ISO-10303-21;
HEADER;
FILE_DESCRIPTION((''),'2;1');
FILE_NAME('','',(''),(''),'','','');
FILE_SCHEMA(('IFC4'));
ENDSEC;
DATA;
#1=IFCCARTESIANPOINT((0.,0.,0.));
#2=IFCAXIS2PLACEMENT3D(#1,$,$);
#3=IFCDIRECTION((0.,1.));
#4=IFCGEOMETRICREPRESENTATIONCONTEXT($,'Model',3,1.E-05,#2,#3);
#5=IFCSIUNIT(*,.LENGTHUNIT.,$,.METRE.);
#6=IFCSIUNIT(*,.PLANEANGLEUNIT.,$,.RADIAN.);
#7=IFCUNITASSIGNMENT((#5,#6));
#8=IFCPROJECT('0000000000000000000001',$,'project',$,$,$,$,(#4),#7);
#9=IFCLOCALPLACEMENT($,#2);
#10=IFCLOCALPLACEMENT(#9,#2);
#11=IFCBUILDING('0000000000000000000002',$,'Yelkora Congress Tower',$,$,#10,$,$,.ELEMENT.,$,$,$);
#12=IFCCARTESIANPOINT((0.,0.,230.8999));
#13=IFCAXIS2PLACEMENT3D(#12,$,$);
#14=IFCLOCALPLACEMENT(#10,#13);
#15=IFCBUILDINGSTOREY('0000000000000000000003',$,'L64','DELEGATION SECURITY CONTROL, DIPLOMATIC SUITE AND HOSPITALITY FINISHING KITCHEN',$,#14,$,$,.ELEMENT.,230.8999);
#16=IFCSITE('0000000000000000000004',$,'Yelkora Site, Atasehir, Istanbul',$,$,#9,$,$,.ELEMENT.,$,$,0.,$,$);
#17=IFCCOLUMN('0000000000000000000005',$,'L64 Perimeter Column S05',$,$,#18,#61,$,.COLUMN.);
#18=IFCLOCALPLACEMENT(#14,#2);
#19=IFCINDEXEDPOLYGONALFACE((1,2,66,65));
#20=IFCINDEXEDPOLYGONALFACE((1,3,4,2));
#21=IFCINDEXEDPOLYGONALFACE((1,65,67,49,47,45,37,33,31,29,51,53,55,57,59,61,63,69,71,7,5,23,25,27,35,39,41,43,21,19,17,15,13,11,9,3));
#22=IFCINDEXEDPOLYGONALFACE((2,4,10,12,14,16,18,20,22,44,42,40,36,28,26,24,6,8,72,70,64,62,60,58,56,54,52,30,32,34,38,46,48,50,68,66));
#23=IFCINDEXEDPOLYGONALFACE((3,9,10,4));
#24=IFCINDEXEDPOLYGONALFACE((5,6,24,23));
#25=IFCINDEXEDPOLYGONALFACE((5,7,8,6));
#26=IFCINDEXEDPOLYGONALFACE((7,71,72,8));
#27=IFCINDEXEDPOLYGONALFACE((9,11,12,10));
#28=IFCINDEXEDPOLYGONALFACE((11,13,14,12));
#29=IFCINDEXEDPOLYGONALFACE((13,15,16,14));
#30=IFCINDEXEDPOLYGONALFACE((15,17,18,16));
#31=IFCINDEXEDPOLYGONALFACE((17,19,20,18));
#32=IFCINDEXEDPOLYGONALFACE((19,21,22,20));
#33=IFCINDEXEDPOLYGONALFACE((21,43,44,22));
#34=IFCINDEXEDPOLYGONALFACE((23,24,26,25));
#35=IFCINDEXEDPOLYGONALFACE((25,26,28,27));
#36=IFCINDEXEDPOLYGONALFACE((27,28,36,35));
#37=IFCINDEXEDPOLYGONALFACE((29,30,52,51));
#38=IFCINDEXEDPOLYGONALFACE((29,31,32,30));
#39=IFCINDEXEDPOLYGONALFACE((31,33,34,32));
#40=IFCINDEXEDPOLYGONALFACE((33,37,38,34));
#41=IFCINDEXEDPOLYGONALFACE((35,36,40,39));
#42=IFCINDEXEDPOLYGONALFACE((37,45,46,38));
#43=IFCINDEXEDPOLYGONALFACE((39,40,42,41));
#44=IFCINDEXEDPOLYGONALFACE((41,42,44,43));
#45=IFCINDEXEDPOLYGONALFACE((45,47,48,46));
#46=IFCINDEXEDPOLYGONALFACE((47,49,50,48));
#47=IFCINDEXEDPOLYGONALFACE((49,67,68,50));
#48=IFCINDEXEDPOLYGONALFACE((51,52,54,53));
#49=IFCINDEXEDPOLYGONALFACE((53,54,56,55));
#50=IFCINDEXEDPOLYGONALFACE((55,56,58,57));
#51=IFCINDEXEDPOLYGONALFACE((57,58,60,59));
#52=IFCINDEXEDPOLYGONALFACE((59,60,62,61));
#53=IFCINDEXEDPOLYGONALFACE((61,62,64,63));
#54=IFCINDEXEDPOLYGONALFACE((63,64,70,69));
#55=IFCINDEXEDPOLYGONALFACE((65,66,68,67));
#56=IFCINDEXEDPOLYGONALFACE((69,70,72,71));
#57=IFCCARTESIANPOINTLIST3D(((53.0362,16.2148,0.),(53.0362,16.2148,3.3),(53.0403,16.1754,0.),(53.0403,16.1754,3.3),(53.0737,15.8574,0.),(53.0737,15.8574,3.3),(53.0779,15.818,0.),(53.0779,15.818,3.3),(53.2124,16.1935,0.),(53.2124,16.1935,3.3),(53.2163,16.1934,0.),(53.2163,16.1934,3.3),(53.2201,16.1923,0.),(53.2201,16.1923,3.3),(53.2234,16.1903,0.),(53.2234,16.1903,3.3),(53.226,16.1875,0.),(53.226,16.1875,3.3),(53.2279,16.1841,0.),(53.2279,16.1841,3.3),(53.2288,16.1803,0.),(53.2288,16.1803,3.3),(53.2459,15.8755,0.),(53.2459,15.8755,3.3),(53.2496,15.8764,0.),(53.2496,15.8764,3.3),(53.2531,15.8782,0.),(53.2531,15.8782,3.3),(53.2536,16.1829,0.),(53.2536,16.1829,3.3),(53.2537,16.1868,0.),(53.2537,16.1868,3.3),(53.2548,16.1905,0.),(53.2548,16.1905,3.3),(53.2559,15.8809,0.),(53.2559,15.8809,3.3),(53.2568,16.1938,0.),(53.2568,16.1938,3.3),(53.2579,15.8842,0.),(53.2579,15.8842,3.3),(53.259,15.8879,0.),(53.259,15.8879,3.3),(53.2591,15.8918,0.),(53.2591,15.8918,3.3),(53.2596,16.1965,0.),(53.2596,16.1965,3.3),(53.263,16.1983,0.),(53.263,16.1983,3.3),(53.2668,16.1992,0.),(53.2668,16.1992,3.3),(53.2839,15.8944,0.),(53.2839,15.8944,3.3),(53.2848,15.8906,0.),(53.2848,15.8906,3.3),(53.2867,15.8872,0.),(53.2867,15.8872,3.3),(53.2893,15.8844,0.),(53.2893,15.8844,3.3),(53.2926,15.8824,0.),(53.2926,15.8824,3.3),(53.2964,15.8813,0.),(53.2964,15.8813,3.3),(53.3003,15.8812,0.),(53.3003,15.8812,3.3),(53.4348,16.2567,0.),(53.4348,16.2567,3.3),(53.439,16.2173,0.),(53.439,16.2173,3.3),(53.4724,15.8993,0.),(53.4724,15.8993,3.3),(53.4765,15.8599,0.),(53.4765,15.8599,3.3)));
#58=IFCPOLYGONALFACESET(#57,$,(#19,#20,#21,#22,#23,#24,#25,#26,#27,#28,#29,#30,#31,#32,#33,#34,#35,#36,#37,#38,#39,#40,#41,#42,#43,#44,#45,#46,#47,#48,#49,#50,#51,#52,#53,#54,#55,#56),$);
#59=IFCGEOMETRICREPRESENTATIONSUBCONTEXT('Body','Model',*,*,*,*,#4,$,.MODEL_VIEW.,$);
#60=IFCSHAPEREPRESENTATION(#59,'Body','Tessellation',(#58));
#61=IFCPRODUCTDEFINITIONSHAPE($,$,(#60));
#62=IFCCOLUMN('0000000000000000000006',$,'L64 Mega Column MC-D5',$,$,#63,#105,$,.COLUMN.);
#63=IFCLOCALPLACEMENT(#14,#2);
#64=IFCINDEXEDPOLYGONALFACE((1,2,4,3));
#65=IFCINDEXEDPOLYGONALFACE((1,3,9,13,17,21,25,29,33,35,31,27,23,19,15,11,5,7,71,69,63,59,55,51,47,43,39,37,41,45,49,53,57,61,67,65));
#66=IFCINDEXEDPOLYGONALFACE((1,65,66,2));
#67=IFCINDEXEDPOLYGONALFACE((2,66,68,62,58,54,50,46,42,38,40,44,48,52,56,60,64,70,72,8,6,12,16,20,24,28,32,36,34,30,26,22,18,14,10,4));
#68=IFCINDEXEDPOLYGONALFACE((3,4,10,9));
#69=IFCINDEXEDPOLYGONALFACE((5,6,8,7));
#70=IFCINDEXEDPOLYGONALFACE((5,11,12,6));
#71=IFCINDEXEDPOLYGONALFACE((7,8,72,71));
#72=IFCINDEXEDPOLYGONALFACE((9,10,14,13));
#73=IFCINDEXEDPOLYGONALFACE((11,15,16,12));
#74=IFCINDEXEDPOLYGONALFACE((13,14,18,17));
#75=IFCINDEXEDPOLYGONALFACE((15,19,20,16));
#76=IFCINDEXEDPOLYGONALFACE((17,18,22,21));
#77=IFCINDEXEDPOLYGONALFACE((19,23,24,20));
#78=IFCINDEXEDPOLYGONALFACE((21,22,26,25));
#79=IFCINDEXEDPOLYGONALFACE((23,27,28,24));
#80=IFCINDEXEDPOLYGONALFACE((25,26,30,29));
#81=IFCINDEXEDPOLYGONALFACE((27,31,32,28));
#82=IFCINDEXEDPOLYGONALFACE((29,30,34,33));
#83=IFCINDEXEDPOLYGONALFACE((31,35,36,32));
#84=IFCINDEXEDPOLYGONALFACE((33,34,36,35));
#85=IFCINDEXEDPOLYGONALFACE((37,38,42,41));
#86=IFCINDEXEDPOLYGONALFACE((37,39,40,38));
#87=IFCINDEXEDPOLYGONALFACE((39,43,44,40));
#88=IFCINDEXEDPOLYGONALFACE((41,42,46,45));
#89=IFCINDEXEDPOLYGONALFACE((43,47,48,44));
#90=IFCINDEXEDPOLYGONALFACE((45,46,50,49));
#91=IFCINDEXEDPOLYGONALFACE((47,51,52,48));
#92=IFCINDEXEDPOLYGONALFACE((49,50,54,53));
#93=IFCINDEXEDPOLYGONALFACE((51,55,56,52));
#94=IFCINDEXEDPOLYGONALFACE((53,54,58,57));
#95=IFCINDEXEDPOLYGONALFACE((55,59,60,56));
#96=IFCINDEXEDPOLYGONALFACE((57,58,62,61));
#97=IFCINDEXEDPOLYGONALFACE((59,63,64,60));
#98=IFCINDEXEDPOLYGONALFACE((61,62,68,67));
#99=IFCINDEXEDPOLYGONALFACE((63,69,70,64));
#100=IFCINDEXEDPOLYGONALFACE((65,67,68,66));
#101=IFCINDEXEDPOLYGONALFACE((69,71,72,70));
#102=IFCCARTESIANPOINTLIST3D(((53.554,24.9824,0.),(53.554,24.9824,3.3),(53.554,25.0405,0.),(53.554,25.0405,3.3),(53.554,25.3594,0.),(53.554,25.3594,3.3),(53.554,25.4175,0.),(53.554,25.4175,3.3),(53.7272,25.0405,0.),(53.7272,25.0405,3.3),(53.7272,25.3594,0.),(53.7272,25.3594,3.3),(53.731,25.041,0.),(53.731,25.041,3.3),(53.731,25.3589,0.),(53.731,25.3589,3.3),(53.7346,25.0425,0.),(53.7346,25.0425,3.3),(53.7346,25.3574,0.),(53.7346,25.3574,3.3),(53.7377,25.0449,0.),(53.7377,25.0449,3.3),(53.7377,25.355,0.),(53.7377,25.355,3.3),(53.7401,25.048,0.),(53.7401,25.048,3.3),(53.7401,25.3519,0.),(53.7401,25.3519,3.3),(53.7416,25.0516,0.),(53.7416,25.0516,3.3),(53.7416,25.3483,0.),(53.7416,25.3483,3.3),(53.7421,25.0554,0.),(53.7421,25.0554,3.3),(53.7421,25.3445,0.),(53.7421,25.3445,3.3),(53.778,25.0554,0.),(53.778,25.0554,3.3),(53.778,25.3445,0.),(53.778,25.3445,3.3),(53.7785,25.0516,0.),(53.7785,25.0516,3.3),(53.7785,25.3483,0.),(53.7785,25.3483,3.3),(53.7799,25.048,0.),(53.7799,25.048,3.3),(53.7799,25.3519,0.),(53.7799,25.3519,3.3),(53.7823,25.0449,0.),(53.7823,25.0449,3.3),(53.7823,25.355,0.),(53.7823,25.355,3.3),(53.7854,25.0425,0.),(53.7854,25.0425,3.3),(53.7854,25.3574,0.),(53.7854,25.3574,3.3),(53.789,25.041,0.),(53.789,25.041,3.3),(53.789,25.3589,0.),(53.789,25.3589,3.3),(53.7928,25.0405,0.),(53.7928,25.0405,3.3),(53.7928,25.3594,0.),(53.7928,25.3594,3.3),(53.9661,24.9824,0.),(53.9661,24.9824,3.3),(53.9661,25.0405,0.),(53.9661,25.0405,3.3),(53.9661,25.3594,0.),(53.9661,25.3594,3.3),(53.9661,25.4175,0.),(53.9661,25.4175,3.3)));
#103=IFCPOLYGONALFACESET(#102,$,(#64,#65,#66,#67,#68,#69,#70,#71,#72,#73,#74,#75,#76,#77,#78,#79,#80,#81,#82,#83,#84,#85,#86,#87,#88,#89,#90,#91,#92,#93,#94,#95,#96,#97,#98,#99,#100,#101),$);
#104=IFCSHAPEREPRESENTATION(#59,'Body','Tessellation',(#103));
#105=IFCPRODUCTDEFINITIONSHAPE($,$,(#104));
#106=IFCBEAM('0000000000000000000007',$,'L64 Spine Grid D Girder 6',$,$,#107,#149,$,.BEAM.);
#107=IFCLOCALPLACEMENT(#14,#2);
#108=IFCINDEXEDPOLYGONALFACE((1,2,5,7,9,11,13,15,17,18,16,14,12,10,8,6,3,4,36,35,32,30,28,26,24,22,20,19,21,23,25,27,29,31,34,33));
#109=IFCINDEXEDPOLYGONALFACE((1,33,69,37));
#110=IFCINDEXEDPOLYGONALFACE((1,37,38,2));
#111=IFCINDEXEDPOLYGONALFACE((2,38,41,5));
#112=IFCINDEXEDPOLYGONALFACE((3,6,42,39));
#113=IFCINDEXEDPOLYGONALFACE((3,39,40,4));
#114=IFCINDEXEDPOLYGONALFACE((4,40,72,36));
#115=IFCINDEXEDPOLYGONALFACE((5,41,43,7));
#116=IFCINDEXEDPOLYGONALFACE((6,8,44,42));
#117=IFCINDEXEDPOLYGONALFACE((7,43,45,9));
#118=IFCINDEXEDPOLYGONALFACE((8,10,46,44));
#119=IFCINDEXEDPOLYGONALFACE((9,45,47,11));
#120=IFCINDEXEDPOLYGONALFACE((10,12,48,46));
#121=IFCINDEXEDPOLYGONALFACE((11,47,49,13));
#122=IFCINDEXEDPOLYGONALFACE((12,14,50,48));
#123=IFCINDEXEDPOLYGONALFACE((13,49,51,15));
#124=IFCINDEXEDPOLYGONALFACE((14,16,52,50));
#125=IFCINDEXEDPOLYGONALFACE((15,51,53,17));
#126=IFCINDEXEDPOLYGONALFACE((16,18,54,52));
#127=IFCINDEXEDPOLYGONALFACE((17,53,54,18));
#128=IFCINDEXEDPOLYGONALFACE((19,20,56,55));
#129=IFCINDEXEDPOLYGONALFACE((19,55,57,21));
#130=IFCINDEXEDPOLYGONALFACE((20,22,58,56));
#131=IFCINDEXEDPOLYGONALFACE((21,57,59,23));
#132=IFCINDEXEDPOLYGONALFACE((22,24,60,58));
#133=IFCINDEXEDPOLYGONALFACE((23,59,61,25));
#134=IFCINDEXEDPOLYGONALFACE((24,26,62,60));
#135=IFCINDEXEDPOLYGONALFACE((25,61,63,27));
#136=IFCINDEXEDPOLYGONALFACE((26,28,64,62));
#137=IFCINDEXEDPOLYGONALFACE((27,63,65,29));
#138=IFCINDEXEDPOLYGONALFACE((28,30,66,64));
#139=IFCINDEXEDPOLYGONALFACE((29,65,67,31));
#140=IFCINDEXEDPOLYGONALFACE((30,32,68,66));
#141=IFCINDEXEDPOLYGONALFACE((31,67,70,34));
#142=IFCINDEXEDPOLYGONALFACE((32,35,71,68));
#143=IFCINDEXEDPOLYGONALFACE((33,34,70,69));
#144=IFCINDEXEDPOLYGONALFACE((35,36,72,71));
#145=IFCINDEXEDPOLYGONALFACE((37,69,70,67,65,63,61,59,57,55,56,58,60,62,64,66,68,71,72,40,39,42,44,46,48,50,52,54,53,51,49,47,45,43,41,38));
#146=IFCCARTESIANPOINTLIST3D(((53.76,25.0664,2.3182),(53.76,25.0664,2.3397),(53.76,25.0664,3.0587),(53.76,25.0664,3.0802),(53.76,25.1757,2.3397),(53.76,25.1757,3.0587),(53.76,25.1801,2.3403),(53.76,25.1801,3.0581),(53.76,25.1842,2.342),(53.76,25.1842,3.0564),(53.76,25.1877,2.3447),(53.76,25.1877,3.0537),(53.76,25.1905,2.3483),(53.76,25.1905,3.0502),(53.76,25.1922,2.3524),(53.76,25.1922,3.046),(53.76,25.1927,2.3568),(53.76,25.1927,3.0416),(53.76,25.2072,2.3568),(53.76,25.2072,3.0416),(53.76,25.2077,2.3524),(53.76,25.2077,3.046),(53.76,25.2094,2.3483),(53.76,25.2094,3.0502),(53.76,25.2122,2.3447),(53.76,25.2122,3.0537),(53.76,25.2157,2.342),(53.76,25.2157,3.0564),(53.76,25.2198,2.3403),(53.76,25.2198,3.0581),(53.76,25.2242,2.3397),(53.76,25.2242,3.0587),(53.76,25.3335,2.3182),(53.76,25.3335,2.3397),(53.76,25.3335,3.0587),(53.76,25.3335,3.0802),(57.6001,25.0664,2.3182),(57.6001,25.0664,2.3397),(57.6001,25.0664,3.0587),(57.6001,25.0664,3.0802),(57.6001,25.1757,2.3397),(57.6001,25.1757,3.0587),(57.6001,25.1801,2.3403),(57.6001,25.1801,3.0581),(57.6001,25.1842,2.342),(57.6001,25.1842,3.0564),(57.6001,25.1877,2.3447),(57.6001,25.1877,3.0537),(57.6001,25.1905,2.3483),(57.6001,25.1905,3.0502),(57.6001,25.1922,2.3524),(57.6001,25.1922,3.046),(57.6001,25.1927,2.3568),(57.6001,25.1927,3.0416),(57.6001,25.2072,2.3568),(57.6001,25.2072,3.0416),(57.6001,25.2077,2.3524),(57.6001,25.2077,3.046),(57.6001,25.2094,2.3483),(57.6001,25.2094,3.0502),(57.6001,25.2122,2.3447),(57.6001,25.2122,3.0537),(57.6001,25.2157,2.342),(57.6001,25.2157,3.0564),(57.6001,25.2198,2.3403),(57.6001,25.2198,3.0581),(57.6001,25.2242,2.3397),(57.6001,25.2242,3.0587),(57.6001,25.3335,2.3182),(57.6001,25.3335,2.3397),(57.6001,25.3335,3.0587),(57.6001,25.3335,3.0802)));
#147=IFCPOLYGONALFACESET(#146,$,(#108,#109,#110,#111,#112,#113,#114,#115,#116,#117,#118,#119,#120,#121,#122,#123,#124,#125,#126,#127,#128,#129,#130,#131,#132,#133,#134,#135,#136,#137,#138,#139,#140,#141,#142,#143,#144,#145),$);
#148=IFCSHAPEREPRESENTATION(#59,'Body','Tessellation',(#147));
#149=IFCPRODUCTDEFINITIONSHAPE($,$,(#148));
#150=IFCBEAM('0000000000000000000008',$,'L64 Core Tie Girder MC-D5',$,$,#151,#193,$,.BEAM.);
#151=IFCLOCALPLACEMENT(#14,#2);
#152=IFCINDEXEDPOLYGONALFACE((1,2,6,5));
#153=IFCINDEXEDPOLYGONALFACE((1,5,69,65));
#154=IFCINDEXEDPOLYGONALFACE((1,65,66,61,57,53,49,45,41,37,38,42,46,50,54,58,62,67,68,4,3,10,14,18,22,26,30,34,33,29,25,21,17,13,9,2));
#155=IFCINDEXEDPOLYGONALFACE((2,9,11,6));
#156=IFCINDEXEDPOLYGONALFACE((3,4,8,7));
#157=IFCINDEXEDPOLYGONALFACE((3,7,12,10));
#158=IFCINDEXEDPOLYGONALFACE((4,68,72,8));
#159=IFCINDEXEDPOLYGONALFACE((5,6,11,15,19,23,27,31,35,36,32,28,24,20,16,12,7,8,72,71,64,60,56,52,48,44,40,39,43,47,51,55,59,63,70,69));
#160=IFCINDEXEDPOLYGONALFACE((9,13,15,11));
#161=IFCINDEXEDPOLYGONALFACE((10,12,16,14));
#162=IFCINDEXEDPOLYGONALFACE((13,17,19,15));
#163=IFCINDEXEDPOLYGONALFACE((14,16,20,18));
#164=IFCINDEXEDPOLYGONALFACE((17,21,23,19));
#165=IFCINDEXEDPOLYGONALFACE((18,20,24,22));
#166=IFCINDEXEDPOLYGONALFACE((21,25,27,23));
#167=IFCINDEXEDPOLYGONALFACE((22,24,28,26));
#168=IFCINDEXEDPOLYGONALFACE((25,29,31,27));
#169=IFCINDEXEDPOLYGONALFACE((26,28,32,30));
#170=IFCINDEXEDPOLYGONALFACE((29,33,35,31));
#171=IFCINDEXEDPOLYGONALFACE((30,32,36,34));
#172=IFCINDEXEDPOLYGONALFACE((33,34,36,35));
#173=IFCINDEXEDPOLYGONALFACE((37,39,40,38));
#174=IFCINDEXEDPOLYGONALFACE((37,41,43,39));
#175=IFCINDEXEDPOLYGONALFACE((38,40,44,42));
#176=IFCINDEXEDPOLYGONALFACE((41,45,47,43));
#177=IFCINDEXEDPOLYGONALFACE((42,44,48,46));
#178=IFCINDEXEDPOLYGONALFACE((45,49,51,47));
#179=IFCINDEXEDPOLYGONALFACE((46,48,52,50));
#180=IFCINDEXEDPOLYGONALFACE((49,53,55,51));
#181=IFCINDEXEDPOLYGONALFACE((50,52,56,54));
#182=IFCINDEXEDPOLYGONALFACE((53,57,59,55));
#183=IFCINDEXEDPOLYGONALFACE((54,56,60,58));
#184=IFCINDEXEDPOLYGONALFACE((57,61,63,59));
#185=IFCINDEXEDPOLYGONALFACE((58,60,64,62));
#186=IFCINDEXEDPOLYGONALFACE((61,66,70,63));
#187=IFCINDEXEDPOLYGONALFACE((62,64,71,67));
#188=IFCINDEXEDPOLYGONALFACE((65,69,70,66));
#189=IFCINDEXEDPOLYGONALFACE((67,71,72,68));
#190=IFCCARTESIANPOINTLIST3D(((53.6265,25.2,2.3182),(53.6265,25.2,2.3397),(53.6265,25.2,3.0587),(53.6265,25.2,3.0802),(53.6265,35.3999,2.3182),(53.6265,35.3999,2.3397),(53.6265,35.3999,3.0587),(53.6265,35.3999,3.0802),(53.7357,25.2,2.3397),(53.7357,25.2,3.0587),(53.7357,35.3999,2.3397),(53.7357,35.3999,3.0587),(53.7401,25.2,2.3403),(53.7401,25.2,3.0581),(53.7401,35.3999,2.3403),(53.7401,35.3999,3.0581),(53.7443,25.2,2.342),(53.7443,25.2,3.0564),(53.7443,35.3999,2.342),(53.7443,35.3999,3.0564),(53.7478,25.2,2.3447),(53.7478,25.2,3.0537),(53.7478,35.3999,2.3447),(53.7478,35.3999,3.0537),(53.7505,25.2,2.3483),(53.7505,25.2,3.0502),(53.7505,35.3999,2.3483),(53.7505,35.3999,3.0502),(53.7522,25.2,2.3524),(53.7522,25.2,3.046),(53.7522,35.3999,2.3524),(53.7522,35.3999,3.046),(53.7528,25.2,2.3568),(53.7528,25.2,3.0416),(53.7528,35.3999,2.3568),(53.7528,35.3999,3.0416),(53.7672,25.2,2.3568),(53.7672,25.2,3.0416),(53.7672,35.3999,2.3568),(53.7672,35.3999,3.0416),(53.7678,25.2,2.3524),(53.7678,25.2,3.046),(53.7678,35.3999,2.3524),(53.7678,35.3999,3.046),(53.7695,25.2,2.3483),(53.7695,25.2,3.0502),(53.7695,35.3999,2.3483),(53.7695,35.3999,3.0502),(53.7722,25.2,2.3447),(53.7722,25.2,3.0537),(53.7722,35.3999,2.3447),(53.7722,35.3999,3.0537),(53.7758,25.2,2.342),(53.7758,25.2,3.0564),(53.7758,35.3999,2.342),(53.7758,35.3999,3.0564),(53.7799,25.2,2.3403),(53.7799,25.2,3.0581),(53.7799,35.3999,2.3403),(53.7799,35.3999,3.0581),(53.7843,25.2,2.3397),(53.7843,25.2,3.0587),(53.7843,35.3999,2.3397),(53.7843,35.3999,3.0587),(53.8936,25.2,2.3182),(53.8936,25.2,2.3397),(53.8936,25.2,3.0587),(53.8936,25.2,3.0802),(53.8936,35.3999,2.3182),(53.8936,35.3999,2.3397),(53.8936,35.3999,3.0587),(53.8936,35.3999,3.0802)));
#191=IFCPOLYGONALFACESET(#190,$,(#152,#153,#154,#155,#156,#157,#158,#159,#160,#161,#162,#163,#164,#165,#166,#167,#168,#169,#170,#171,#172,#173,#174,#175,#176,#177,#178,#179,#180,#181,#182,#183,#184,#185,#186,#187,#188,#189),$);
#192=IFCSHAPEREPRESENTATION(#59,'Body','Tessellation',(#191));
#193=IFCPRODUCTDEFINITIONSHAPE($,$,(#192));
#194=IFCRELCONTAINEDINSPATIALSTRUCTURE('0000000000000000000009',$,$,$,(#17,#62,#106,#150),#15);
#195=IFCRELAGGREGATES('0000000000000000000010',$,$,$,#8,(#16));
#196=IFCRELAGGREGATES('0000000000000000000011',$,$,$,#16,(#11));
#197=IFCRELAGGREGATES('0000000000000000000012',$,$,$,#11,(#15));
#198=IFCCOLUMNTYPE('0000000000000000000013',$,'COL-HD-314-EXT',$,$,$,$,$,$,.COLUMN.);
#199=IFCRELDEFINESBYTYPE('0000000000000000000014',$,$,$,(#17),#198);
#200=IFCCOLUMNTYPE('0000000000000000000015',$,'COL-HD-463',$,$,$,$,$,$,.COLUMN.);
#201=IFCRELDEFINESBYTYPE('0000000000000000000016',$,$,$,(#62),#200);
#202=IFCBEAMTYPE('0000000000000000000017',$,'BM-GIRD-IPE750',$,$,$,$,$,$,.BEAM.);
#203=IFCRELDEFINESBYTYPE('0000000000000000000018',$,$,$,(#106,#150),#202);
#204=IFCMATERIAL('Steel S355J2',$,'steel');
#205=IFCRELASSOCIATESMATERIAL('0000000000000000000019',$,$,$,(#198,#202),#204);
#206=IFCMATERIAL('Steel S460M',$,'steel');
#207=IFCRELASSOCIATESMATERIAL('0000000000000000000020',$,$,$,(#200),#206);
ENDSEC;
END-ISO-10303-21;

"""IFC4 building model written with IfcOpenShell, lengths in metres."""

from ifc_helpers import new_model, si_unit, direction, frame, origin, origin_2d, place, context, subcontext, project, spatial, i_section, extrude, material, material_profile, profile_set, type_object, element, save


model = new_model("IFC4")

# Units and contexts
model_context = context("Model", 3, precision=1e-05, world=origin(), true_north=direction((0.0, 1.0)))
body_context = subcontext(model_context, "Body", "Model", "MODEL_VIEW")
ifc_project = project(units=[si_unit("LENGTHUNIT", "METRE"), si_unit("PLANEANGLEUNIT", "RADIAN")], contexts=[model_context])

# Site, building, storey
site_placement = place(None, origin())
site = spatial("IfcSite", under=ifc_project, at=site_placement, Name="Yelkora Site, Atasehir, Istanbul", CompositionType="ELEMENT", RefElevation=0.0)
building_placement = place(site_placement, origin())
building = spatial("IfcBuilding", under=site, at=building_placement, Name="Yelkora Congress Tower", CompositionType="ELEMENT")
storey_placement = place(building_placement, frame((0.0, 0.0, 230.8999)))
storey = spatial("IfcBuildingStorey", under=building, at=storey_placement, Name="L64", Description="DELEGATION SECURITY CONTROL, DIPLOMATIC SUITE AND HOSPITALITY FINISHING KITCHEN", CompositionType="ELEMENT", Elevation=230.8999)

# Columns
ifc_material_1 = material(Name="Steel S355J2", Category="steel")
ifc_material_profile_1 = material_profile(ifc_material_1, i_section(OverallWidth=0.4009, OverallDepth=0.3989, WebThickness=0.0249, FlangeThickness=0.0396, FilletRadius=0.0149, at=origin_2d()), Name="HD 400x314")
ifc_profile_set_1 = profile_set([ifc_material_profile_1], Name="Steel S355J2")
column_type_1 = type_object("IfcColumnType", Name="COL-HD-314-EXT", PredefinedType="COLUMN", material=ifc_profile_set_1)
column_1_placement = place(storey_placement, frame((53.2563, 16.0374, 0.0), z_axis=(0.0, 0.0, 1.0), x_axis=(0.994522, 0.104528, 0.0)))
element("IfcColumn", 1, at=column_1_placement, inside=storey, type_object=column_type_1, Name="L64 Perimeter Column S05", PredefinedType="COLUMN", context=body_context, shape_type="SweptSolid", body=[
    extrude(i_section(OverallWidth=0.4009, OverallDepth=0.3989, WebThickness=0.0249, FlangeThickness=0.0396, FilletRadius=0.0149, at=origin_2d()), origin(), (0.0, 0.0, 1.0), 3.3),
])
ifc_material_2 = material(Name="Steel S460M", Category="steel")
ifc_material_profile_2 = material_profile(ifc_material_2, i_section(OverallWidth=0.4121, OverallDepth=0.4351, WebThickness=0.0359, FlangeThickness=0.0581, FilletRadius=0.0149, at=origin_2d()), Name="HD 400x463")
ifc_profile_set_2 = profile_set([ifc_material_profile_2], Name="Steel S460M")
column_type_2 = type_object("IfcColumnType", Name="COL-HD-463", PredefinedType="COLUMN", material=ifc_profile_set_2)
column_2_placement = place(storey_placement, frame((53.76, 25.2, 0.0), z_axis=(0.0, 0.0, 1.0), x_axis=(1.0, 0.0, 0.0)))
element("IfcColumn", 2, at=column_2_placement, inside=storey, type_object=column_type_2, Name="L64 Mega Column MC-D5", PredefinedType="COLUMN", context=body_context, shape_type="SweptSolid", body=[
    extrude(i_section(OverallWidth=0.4121, OverallDepth=0.4351, WebThickness=0.0359, FlangeThickness=0.0581, FilletRadius=0.0149, at=origin_2d()), origin(), (0.0, 0.0, 1.0), 3.3),
])

# Beams
ifc_material_profile_3 = material_profile(ifc_material_1, i_section(OverallWidth=0.2671, OverallDepth=0.762, WebThickness=0.0144, FlangeThickness=0.0215, FilletRadius=0.0171, at=origin_2d()), Name="IPE 750x173")
ifc_profile_set_3 = profile_set([ifc_material_profile_3], Name="Steel S355J2")
beam_type_1 = type_object("IfcBeamType", Name="BM-GIRD-IPE750", PredefinedType="BEAM", material=ifc_profile_set_3)
beam_1_placement = place(storey_placement, frame((53.76, 25.2, 2.6992), z_axis=(1.0, 0.0, 0.0), x_axis=(0.0, 1.0, 0.0)))
element("IfcBeam", 3, at=beam_1_placement, inside=storey, type_object=beam_type_1, Name="L64 Spine Grid D Girder 6", PredefinedType="BEAM", context=body_context, shape_type="SweptSolid", body=[
    extrude(i_section(OverallWidth=0.2671, OverallDepth=0.762, WebThickness=0.0144, FlangeThickness=0.0215, FilletRadius=0.0171, at=origin_2d()), origin(), (0.0, 0.0, 1.0), 3.8401),
])
beam_2_placement = place(storey_placement, frame((53.76, 25.2, 2.6992), z_axis=(0.0, 1.0, 0.0), x_axis=(-1.0, 0.0, 0.0)))
element("IfcBeam", 4, at=beam_2_placement, inside=storey, type_object=beam_type_1, Name="L64 Core Tie Girder MC-D5", PredefinedType="BEAM", context=body_context, shape_type="SweptSolid", body=[
    extrude(i_section(OverallWidth=0.2671, OverallDepth=0.762, WebThickness=0.0144, FlangeThickness=0.0215, FilletRadius=0.0171, at=origin_2d()), origin(), (0.0, 0.0, 1.0), 10.2),
])

save(model, "model.ifc")
